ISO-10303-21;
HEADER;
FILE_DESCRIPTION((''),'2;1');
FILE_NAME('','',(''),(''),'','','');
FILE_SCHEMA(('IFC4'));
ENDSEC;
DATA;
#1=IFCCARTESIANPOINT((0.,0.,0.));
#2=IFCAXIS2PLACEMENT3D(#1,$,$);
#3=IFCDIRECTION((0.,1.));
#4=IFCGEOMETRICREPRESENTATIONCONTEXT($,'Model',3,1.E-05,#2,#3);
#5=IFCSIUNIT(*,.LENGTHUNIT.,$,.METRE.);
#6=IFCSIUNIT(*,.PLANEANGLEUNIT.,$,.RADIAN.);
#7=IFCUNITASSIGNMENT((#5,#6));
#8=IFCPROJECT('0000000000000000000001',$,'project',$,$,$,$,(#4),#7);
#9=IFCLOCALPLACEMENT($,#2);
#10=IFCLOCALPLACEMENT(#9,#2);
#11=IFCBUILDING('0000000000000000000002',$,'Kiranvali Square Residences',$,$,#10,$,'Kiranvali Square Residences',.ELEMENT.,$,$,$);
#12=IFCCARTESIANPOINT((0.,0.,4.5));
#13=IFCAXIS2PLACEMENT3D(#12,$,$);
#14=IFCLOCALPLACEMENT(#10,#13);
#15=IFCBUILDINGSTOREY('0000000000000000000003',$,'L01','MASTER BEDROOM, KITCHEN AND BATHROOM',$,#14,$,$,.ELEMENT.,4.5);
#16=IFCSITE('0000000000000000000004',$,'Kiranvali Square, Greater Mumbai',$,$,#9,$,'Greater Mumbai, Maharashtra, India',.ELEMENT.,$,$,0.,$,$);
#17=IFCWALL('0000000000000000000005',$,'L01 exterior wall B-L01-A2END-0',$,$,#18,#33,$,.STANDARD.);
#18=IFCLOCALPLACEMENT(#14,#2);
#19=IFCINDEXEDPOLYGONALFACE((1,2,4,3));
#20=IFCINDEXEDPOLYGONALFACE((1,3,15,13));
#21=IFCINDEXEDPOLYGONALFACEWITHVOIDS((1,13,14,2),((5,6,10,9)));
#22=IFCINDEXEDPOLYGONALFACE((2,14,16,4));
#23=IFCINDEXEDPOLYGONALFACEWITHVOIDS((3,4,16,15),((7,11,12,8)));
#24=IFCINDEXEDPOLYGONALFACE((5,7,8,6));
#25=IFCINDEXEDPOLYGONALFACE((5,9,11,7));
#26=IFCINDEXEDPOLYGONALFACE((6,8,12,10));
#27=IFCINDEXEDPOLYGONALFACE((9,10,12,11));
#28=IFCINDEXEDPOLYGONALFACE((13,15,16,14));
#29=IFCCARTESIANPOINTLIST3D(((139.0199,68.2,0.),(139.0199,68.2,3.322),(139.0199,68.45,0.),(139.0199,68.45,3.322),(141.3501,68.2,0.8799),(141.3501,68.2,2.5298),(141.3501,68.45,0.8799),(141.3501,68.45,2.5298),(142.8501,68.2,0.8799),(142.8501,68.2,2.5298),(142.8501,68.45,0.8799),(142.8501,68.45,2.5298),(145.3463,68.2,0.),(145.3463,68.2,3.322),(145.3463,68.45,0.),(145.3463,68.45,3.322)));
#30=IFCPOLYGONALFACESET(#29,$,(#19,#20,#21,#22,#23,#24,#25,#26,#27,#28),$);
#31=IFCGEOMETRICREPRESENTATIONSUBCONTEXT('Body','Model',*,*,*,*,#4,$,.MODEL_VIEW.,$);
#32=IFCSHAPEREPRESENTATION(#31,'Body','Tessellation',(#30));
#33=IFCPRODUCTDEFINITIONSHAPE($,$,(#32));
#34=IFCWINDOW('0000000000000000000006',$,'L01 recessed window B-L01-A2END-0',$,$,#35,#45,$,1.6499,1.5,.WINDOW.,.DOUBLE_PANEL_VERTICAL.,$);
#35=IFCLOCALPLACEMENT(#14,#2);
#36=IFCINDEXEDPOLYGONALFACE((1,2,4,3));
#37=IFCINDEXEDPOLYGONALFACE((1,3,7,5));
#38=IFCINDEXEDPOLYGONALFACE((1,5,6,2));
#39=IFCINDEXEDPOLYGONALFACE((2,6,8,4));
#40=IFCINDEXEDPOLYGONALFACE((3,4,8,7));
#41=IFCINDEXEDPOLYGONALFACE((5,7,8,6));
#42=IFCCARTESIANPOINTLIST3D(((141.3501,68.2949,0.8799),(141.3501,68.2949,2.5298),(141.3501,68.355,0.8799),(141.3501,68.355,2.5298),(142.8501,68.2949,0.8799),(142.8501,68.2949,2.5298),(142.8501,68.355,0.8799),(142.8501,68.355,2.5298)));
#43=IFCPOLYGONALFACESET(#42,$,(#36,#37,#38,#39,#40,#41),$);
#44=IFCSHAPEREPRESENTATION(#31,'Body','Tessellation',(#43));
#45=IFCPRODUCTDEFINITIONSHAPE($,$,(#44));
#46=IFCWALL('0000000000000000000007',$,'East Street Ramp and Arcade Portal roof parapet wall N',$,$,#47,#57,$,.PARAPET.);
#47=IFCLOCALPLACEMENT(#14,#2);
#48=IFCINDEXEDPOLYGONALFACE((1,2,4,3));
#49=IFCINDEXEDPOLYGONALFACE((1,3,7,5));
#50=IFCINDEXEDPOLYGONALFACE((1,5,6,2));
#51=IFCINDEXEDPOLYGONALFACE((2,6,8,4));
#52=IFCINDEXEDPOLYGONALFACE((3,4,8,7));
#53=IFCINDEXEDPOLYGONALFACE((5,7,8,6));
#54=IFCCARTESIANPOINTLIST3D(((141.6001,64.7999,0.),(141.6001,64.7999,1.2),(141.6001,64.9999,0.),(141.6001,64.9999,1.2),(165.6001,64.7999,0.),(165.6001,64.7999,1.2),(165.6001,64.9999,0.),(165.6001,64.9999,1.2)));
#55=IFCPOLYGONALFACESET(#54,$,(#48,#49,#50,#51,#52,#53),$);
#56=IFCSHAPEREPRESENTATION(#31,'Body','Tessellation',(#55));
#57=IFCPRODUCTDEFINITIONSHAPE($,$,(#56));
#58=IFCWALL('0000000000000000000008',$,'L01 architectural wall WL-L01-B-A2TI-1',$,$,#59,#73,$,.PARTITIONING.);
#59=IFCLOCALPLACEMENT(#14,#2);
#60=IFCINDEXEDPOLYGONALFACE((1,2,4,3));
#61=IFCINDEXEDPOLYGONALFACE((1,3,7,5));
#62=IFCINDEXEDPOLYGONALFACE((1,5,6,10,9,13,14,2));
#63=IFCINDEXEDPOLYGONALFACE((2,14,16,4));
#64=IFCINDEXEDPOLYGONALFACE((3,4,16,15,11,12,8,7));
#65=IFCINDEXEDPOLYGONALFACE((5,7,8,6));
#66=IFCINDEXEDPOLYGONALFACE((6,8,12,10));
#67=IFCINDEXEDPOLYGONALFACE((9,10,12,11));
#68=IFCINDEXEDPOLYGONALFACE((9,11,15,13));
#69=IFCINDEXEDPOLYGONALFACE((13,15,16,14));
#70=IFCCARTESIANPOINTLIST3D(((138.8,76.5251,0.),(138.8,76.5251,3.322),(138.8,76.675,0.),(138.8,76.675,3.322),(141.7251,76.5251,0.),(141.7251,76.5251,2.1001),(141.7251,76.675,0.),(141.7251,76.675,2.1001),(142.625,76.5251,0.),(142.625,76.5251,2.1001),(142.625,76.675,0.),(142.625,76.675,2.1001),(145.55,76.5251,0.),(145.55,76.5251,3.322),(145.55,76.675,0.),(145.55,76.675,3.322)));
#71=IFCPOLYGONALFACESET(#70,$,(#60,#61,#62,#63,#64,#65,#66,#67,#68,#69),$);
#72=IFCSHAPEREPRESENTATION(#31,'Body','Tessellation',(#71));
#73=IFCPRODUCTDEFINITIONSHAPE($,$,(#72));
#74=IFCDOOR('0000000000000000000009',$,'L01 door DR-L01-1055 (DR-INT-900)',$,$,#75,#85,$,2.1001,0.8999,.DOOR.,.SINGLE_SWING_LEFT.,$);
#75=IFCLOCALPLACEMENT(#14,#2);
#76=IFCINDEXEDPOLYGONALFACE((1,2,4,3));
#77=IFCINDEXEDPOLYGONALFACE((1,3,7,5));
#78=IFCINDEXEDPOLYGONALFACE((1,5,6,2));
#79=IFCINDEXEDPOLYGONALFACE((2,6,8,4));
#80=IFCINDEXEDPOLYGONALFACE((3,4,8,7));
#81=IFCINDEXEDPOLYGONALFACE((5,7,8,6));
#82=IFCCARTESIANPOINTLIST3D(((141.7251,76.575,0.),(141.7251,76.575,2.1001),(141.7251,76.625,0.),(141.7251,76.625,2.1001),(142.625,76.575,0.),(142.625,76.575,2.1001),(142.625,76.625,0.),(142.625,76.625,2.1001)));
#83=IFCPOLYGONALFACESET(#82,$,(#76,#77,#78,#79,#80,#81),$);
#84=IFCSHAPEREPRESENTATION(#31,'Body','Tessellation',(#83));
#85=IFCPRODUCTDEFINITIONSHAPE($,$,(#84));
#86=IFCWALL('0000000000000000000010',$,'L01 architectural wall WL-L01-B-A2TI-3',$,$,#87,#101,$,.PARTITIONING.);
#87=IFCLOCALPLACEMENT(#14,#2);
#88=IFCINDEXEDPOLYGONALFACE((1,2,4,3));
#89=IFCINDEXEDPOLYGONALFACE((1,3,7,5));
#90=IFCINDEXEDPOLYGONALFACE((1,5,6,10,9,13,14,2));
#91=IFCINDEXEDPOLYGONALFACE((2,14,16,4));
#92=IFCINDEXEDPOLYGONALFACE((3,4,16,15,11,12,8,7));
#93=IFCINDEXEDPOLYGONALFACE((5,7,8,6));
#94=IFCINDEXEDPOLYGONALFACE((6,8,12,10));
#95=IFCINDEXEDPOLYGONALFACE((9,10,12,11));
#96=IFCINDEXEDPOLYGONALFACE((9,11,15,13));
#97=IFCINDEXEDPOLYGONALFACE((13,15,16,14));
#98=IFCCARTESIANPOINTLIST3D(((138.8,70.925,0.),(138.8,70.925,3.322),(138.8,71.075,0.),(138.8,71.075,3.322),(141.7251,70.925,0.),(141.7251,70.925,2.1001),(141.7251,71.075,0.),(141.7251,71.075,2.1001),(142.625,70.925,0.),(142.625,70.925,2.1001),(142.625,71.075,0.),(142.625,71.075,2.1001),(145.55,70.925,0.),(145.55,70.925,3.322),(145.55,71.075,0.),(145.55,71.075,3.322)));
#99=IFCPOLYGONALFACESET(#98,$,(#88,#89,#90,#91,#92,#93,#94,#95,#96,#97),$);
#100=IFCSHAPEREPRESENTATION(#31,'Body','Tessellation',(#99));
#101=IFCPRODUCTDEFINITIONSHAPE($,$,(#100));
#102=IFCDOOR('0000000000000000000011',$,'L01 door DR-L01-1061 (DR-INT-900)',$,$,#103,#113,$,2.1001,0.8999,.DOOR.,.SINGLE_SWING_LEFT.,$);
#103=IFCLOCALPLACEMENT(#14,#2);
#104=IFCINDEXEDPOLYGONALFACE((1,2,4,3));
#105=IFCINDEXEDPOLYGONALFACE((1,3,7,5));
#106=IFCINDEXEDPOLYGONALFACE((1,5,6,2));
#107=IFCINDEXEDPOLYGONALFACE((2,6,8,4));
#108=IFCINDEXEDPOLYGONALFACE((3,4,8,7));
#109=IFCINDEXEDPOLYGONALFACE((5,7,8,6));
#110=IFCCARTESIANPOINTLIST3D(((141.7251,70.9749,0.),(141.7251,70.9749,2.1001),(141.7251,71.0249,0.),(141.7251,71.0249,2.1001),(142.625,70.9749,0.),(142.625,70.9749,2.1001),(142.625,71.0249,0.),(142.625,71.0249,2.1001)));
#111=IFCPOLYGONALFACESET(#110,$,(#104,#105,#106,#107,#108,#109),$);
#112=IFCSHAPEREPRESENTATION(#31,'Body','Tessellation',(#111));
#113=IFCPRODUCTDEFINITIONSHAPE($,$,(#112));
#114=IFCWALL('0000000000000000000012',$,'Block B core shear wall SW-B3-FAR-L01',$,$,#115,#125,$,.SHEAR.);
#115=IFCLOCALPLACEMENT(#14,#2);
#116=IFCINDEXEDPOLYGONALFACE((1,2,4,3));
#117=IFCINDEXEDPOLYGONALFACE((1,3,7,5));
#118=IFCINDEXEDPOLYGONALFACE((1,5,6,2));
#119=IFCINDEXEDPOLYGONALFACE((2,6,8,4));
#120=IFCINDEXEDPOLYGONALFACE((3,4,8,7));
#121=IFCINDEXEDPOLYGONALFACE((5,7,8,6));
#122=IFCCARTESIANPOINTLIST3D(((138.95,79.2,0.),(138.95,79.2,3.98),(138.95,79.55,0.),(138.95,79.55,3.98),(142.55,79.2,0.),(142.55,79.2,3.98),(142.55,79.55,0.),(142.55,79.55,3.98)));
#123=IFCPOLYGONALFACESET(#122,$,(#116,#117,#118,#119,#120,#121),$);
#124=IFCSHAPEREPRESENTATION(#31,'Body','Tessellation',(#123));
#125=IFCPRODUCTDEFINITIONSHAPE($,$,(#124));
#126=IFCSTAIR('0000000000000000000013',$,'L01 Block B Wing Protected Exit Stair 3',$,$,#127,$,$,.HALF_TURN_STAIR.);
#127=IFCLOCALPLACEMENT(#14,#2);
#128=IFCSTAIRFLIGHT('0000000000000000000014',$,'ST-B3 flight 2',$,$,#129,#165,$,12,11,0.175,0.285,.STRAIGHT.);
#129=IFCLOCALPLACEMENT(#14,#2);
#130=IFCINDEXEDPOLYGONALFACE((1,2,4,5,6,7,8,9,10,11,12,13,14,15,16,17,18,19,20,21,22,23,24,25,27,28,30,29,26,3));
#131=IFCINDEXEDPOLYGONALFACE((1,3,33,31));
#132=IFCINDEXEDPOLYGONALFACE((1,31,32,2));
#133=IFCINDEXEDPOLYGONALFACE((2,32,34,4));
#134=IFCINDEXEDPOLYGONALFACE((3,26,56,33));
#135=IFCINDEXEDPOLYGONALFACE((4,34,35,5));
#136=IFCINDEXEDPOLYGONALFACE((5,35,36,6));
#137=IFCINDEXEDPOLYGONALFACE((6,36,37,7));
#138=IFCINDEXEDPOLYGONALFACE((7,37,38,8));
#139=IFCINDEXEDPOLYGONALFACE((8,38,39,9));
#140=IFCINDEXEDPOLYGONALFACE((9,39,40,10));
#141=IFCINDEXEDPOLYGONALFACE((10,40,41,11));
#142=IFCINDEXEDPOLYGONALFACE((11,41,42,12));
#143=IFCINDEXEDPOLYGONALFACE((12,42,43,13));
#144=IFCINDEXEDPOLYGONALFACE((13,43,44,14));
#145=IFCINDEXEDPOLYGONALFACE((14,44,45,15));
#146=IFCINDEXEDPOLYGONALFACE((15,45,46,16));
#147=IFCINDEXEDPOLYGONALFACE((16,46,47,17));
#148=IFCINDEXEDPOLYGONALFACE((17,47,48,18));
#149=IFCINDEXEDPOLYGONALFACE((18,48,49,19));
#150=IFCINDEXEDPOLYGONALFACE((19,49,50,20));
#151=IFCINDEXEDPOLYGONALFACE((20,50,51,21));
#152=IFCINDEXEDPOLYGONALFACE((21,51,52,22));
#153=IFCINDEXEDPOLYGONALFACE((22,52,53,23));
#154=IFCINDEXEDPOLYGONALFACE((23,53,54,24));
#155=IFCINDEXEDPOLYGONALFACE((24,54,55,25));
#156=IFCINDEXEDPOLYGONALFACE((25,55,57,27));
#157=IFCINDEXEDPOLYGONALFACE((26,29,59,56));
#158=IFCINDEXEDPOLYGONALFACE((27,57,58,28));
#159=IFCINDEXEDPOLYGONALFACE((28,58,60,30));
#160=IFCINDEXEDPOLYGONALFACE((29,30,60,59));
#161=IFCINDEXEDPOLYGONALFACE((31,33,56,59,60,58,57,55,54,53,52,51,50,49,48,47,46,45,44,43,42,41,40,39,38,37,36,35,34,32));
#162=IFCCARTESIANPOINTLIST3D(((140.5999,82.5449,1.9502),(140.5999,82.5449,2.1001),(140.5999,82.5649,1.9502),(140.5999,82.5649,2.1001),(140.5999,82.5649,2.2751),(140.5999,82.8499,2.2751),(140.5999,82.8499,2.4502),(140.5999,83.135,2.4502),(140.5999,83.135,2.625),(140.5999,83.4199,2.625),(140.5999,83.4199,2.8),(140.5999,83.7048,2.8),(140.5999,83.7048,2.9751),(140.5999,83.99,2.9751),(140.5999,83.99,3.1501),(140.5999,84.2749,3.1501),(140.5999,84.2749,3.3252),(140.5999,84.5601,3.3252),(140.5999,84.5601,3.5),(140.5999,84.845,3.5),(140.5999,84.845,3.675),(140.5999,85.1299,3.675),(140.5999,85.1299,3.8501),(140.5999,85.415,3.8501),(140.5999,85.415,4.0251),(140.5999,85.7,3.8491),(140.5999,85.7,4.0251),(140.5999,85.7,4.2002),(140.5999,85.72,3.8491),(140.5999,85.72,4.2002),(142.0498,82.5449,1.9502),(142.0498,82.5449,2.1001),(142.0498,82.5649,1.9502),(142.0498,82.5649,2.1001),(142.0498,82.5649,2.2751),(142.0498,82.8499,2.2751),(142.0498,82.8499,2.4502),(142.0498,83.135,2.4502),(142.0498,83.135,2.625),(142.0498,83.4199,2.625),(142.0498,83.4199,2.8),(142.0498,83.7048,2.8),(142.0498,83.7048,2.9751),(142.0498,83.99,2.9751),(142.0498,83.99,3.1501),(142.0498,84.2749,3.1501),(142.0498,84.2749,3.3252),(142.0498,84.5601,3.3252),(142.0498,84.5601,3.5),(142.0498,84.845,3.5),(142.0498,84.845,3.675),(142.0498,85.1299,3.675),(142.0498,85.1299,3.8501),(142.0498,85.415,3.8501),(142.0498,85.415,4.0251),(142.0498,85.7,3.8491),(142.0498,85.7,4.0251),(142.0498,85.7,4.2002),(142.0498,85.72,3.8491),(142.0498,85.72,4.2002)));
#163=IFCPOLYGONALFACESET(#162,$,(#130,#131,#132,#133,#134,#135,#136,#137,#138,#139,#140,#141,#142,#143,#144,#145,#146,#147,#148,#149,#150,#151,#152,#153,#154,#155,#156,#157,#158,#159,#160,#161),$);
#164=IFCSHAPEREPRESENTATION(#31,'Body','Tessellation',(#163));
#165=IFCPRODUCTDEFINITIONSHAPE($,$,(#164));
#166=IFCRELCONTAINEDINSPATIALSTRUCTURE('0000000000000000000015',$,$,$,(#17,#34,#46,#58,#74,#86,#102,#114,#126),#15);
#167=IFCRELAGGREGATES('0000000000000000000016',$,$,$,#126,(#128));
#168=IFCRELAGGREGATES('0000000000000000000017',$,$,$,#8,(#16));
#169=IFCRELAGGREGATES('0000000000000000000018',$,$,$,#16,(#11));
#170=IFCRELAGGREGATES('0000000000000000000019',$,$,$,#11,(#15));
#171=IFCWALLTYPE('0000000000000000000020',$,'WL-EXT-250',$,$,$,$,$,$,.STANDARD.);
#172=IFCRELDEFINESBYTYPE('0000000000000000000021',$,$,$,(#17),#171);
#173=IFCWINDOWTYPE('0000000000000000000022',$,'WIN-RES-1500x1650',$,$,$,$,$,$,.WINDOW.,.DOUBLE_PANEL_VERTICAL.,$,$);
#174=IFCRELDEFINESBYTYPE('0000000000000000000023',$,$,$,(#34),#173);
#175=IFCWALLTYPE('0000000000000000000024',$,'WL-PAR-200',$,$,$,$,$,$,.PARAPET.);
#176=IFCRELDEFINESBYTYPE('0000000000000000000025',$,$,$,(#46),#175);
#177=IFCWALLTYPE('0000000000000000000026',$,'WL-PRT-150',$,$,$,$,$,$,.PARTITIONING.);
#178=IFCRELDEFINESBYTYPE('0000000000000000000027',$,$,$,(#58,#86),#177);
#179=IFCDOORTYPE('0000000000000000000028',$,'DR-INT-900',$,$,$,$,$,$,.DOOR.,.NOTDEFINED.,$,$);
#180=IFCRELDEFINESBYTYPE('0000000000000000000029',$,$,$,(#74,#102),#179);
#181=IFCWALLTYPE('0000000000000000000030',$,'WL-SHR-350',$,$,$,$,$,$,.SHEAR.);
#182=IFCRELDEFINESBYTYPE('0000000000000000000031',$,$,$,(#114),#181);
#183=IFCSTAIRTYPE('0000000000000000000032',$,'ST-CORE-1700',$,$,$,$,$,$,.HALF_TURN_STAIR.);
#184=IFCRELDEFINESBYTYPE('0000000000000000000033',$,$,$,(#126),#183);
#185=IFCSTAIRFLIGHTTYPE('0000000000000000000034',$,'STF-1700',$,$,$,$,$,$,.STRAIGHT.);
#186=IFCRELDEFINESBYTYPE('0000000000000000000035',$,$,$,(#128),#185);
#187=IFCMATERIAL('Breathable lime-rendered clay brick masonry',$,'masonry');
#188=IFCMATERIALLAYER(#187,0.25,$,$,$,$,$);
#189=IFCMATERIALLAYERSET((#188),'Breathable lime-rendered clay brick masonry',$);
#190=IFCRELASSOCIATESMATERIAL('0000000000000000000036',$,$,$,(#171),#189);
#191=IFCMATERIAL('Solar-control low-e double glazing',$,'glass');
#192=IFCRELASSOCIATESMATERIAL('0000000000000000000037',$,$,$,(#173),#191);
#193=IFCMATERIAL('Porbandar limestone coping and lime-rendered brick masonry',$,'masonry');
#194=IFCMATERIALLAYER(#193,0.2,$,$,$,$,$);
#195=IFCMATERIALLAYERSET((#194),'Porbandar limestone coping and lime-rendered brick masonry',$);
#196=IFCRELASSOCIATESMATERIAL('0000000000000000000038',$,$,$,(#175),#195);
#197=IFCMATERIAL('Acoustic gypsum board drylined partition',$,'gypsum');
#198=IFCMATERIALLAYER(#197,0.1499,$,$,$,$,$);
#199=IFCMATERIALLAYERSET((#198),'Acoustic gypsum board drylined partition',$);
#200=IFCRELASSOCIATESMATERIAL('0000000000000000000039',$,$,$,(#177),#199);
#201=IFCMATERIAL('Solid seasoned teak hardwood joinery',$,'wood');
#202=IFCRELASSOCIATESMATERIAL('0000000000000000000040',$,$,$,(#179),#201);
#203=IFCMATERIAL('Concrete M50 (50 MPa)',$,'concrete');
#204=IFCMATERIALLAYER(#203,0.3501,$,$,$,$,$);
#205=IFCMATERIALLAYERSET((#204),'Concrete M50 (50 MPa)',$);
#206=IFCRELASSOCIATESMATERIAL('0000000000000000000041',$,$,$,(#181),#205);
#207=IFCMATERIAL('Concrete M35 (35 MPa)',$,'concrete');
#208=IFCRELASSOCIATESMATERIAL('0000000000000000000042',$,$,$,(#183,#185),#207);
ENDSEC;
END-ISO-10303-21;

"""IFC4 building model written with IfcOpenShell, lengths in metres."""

from ifc_helpers import new_model, si_unit, direction, frame, frame_2d, origin, place, context, subcontext, project, spatial, polyline, rectangle, outline, extrude, material, layer, layer_set, type_object, element, fill, aggregate, save


model = new_model("IFC4")

# Units and contexts
model_context = context("Model", 3, precision=1e-05, world=origin(), true_north=direction((0.0, 1.0)))
body_context = subcontext(model_context, "Body", "Model", "MODEL_VIEW")
ifc_project = project(units=[si_unit("LENGTHUNIT", "METRE"), si_unit("PLANEANGLEUNIT", "RADIAN")], contexts=[model_context])

# Site, building, storey
site_placement = place(None, origin())
site = spatial("IfcSite", under=ifc_project, at=site_placement, Name="Kiranvali Square, Greater Mumbai", LongName="Greater Mumbai, Maharashtra, India", CompositionType="ELEMENT", RefElevation=0.0)
building_placement = place(site_placement, origin())
building = spatial("IfcBuilding", under=site, at=building_placement, Name="Kiranvali Square Residences", LongName="Kiranvali Square Residences", CompositionType="ELEMENT")
storey_placement = place(building_placement, frame((0.0, 0.0, 4.5)))
storey = spatial("IfcBuildingStorey", under=building, at=storey_placement, Name="L01", Description="MASTER BEDROOM, KITCHEN AND BATHROOM", CompositionType="ELEMENT", Elevation=4.5)

# Wall, opening, window
ifc_material_1 = material(Name="Breathable lime-rendered clay brick masonry", Category="masonry")
ifc_layer_1 = layer(ifc_material_1, 0.25)
ifc_layer_set_1 = layer_set([ifc_layer_1], Name="Breathable lime-rendered clay brick masonry")
wall_type_1 = type_object("IfcWallType", Name="WL-EXT-250", PredefinedType="STANDARD", material=ifc_layer_set_1)
ifc_material_2 = material(Name="Solar-control low-e double glazing", Category="glass")
wall_1_placement = place(storey_placement, frame((139.02, 68.325, 0.0), z_axis=(0.0, 0.0, 1.0), x_axis=(1.0, 0.0, 0.0)))
wall_1 = element("IfcWall", 1, at=wall_1_placement, inside=storey, type_object=wall_type_1, Name="L01 exterior wall B-L01-A2END-0", PredefinedType="STANDARD", context=body_context, shape_type="SweptSolid", body=[
    extrude(rectangle(XDim=6.3264, YDim=0.25, at=frame_2d((3.1631, 0.0))), origin(), (0.0, 0.0, 1.0), 3.322),
])
opening_1_placement = place(wall_1_placement, frame((2.3301, 0.0, 0.8799)))
opening_1 = element("IfcOpeningElement", 2, at=opening_1_placement, cuts=wall_1, PredefinedType="OPENING", context=body_context, shape_type="SweptSolid", body=[
    extrude(rectangle(XDim=1.5, YDim=1.6499, at=frame_2d((0.75, 0.825))), frame((0.0, 0.135, 0.0), z_axis=(0.0, -1.0, 0.0), x_axis=(1.0, 0.0, 0.0)), (0.0, 0.0, 1.0), 0.27),
])
window_type_1 = type_object("IfcWindowType", Name="WIN-RES-1500x1650", PartitioningType="DOUBLE_PANEL_VERTICAL", PredefinedType="WINDOW", material=ifc_material_2)
window_1_placement = place(opening_1_placement, origin())
window_1 = element("IfcWindow", 3, at=window_1_placement, inside=storey, type_object=window_type_1, Name="L01 recessed window B-L01-A2END-0", OverallHeight=1.6499, OverallWidth=1.5, PartitioningType="DOUBLE_PANEL_VERTICAL", PredefinedType="WINDOW", context=body_context, shape_type="SweptSolid", body=[
    extrude(rectangle(XDim=1.5, YDim=1.6499, at=frame_2d((0.75, 0.825))), frame((0.0, 0.03, 0.0), z_axis=(0.0, -1.0, 0.0), x_axis=(1.0, 0.0, 0.0)), (0.0, 0.0, 1.0), 0.0601),
])
fill(opening_1, window_1)

# Wall
ifc_material_3 = material(Name="Porbandar limestone coping and lime-rendered brick masonry", Category="masonry")
ifc_layer_2 = layer(ifc_material_3, 0.2)
ifc_layer_set_2 = layer_set([ifc_layer_2], Name="Porbandar limestone coping and lime-rendered brick masonry")
wall_type_2 = type_object("IfcWallType", Name="WL-PAR-200", PredefinedType="PARAPET", material=ifc_layer_set_2)
wall_2_placement = place(storey_placement, frame((141.6001, 64.8999, 0.0), z_axis=(0.0, 0.0, 1.0), x_axis=(1.0, 0.0, 0.0)))
element("IfcWall", 4, at=wall_2_placement, inside=storey, type_object=wall_type_2, Name="East Street Ramp and Arcade Portal roof parapet wall N", PredefinedType="PARAPET", context=body_context, shape_type="SweptSolid", body=[
    extrude(rectangle(XDim=24.0, YDim=0.2, at=frame_2d((12.0, 0.0))), origin(), (0.0, 0.0, 1.0), 1.2),
])

# Walls, openings, doors
ifc_material_4 = material(Name="Acoustic gypsum board drylined partition", Category="gypsum")
ifc_layer_3 = layer(ifc_material_4, 0.1499)
ifc_layer_set_3 = layer_set([ifc_layer_3], Name="Acoustic gypsum board drylined partition")
wall_type_3 = type_object("IfcWallType", Name="WL-PRT-150", PredefinedType="PARTITIONING", material=ifc_layer_set_3)
wall_3_placement = place(storey_placement, frame((138.8, 76.6001, 0.0), z_axis=(0.0, 0.0, 1.0), x_axis=(1.0, 0.0, 0.0)))
wall_3 = element("IfcWall", 5, at=wall_3_placement, inside=storey, type_object=wall_type_3, Name="L01 architectural wall WL-L01-B-A2TI-1", PredefinedType="PARTITIONING", context=body_context, shape_type="SweptSolid", body=[
    extrude(rectangle(XDim=6.75, YDim=0.1499, at=frame_2d((3.375, 0.0))), origin(), (0.0, 0.0, 1.0), 3.322),
])
opening_2_placement = place(wall_3_placement, frame((2.925, 0.0, 0.0)))
opening_2 = element("IfcOpeningElement", 6, at=opening_2_placement, cuts=wall_3, PredefinedType="OPENING", context=body_context, shape_type="SweptSolid", body=[
    extrude(rectangle(XDim=0.8999, YDim=2.1001, at=frame_2d((0.45, 1.05))), frame((0.0, 0.085, 0.0), z_axis=(0.0, -1.0, 0.0), x_axis=(1.0, 0.0, 0.0)), (0.0, 0.0, 1.0), 0.1699),
])
ifc_material_5 = material(Name="Solid seasoned teak hardwood joinery", Category="wood")
door_type = type_object("IfcDoorType", Name="DR-INT-900", OperationType="NOTDEFINED", PredefinedType="DOOR", material=ifc_material_5)
door_1_placement = place(opening_2_placement, origin())
door_1 = element("IfcDoor", 7, at=door_1_placement, inside=storey, type_object=door_type, Name="L01 door DR-L01-1055 (DR-INT-900)", OperationType="SINGLE_SWING_LEFT", OverallHeight=2.1001, OverallWidth=0.8999, PredefinedType="DOOR", context=body_context, shape_type="SweptSolid", body=[
    extrude(rectangle(XDim=0.8999, YDim=2.1001, at=frame_2d((0.45, 1.05))), frame((0.0, 0.0249, 0.0), z_axis=(0.0, -1.0, 0.0), x_axis=(1.0, 0.0, 0.0)), (0.0, 0.0, 1.0), 0.05),
])
fill(opening_2, door_1)
wall_4_placement = place(storey_placement, frame((138.8, 71.0, 0.0), z_axis=(0.0, 0.0, 1.0), x_axis=(1.0, 0.0, 0.0)))
wall_4 = element("IfcWall", 8, at=wall_4_placement, inside=storey, type_object=wall_type_3, Name="L01 architectural wall WL-L01-B-A2TI-3", PredefinedType="PARTITIONING", context=body_context, shape_type="SweptSolid", body=[
    extrude(rectangle(XDim=6.75, YDim=0.1499, at=frame_2d((3.375, 0.0))), origin(), (0.0, 0.0, 1.0), 3.322),
])
opening_3_placement = place(wall_4_placement, frame((2.925, 0.0, 0.0)))
opening_3 = element("IfcOpeningElement", 9, at=opening_3_placement, cuts=wall_4, PredefinedType="OPENING", context=body_context, shape_type="SweptSolid", body=[
    extrude(rectangle(XDim=0.8999, YDim=2.1001, at=frame_2d((0.45, 1.05))), frame((0.0, 0.085, 0.0), z_axis=(0.0, -1.0, 0.0), x_axis=(1.0, 0.0, 0.0)), (0.0, 0.0, 1.0), 0.1699),
])
door_2_placement = place(opening_3_placement, origin())
door_2 = element("IfcDoor", 10, at=door_2_placement, inside=storey, type_object=door_type, Name="L01 door DR-L01-1061 (DR-INT-900)", OperationType="SINGLE_SWING_LEFT", OverallHeight=2.1001, OverallWidth=0.8999, PredefinedType="DOOR", context=body_context, shape_type="SweptSolid", body=[
    extrude(rectangle(XDim=0.8999, YDim=2.1001, at=frame_2d((0.45, 1.05))), frame((0.0, 0.0249, 0.0), z_axis=(0.0, -1.0, 0.0), x_axis=(1.0, 0.0, 0.0)), (0.0, 0.0, 1.0), 0.05),
])
fill(opening_3, door_2)

# Wall
ifc_material_6 = material(Name="Concrete M50 (50 MPa)", Category="concrete")
ifc_layer_4 = layer(ifc_material_6, 0.3501)
ifc_layer_set_4 = layer_set([ifc_layer_4], Name="Concrete M50 (50 MPa)")
wall_type_4 = type_object("IfcWallType", Name="WL-SHR-350", PredefinedType="SHEAR", material=ifc_layer_set_4)
wall_5_placement = place(storey_placement, frame((138.95, 79.375, 0.0), z_axis=(0.0, 0.0, 1.0), x_axis=(1.0, 0.0, 0.0)))
element("IfcWall", 11, at=wall_5_placement, inside=storey, type_object=wall_type_4, Name="Block B core shear wall SW-B3-FAR-L01", PredefinedType="SHEAR", context=body_context, shape_type="SweptSolid", body=[
    extrude(rectangle(XDim=3.6001, YDim=0.3501, at=frame_2d((1.8, 0.0))), origin(), (0.0, 0.0, 1.0), 3.98),
])

# Stair, stair flight
ifc_material_7 = material(Name="Concrete M35 (35 MPa)", Category="concrete")
stair_type = type_object("IfcStairType", Name="ST-CORE-1700", PredefinedType="HALF_TURN_STAIR", material=ifc_material_7)
stair_placement = place(storey_placement, origin())
stair = element("IfcStair", 12, at=stair_placement, inside=storey, type_object=stair_type, Name="L01 Block B Wing Protected Exit Stair 3", PredefinedType="HALF_TURN_STAIR")
stair_flight_type = type_object("IfcStairFlightType", Name="STF-1700", PredefinedType="STRAIGHT", material=ifc_material_7)
stair_flight_placement = place(storey_placement, frame((141.325, 82.5649, 2.1001), z_axis=(0.0, 0.0, 1.0), x_axis=(0.0, 1.0, 0.0)))
stair_flight = element("IfcStairFlight", 13, at=stair_flight_placement, type_object=stair_flight_type, Name="ST-B3 flight 2", NumberOfRisers=12, NumberOfTreads=11, PredefinedType="STRAIGHT", RiserHeight=0.175, TreadLength=0.285, context=body_context, shape_type="SweptSolid", body=[
    extrude(outline(polyline([(-0.02, -0.1499), (-0.02, 0.0), (0.0, 0.0), (0.0, 0.175), (0.2849, 0.175), (0.2849, 0.3501), (0.5701, 0.3501), (0.5701, 0.5249), (0.855, 0.5249), (0.855, 0.7), (1.1399, 0.7), (1.1399, 0.875), (1.425, 0.875), (1.425, 1.05), (1.71, 1.05), (1.71, 1.2251), (1.9951, 1.2251), (1.9951, 1.3999), (2.28, 1.3999), (2.28, 1.575), (2.5649, 1.575), (2.5649, 1.75), (2.8501, 1.75), (2.8501, 1.925), (3.135, 1.925), (3.135, 2.1001), (3.155, 2.1001), (3.155, 1.749), (3.135, 1.749), (0.0, -0.1499), (-0.02, -0.1499)])), frame((0.0, 0.7251, 0.0), z_axis=(0.0, -1.0, 0.0), x_axis=(1.0, 0.0, 0.0)), (0.0, 0.0, 1.0), 1.45),
])
aggregate(stair, [stair_flight])

save(model, "model.ifc")
